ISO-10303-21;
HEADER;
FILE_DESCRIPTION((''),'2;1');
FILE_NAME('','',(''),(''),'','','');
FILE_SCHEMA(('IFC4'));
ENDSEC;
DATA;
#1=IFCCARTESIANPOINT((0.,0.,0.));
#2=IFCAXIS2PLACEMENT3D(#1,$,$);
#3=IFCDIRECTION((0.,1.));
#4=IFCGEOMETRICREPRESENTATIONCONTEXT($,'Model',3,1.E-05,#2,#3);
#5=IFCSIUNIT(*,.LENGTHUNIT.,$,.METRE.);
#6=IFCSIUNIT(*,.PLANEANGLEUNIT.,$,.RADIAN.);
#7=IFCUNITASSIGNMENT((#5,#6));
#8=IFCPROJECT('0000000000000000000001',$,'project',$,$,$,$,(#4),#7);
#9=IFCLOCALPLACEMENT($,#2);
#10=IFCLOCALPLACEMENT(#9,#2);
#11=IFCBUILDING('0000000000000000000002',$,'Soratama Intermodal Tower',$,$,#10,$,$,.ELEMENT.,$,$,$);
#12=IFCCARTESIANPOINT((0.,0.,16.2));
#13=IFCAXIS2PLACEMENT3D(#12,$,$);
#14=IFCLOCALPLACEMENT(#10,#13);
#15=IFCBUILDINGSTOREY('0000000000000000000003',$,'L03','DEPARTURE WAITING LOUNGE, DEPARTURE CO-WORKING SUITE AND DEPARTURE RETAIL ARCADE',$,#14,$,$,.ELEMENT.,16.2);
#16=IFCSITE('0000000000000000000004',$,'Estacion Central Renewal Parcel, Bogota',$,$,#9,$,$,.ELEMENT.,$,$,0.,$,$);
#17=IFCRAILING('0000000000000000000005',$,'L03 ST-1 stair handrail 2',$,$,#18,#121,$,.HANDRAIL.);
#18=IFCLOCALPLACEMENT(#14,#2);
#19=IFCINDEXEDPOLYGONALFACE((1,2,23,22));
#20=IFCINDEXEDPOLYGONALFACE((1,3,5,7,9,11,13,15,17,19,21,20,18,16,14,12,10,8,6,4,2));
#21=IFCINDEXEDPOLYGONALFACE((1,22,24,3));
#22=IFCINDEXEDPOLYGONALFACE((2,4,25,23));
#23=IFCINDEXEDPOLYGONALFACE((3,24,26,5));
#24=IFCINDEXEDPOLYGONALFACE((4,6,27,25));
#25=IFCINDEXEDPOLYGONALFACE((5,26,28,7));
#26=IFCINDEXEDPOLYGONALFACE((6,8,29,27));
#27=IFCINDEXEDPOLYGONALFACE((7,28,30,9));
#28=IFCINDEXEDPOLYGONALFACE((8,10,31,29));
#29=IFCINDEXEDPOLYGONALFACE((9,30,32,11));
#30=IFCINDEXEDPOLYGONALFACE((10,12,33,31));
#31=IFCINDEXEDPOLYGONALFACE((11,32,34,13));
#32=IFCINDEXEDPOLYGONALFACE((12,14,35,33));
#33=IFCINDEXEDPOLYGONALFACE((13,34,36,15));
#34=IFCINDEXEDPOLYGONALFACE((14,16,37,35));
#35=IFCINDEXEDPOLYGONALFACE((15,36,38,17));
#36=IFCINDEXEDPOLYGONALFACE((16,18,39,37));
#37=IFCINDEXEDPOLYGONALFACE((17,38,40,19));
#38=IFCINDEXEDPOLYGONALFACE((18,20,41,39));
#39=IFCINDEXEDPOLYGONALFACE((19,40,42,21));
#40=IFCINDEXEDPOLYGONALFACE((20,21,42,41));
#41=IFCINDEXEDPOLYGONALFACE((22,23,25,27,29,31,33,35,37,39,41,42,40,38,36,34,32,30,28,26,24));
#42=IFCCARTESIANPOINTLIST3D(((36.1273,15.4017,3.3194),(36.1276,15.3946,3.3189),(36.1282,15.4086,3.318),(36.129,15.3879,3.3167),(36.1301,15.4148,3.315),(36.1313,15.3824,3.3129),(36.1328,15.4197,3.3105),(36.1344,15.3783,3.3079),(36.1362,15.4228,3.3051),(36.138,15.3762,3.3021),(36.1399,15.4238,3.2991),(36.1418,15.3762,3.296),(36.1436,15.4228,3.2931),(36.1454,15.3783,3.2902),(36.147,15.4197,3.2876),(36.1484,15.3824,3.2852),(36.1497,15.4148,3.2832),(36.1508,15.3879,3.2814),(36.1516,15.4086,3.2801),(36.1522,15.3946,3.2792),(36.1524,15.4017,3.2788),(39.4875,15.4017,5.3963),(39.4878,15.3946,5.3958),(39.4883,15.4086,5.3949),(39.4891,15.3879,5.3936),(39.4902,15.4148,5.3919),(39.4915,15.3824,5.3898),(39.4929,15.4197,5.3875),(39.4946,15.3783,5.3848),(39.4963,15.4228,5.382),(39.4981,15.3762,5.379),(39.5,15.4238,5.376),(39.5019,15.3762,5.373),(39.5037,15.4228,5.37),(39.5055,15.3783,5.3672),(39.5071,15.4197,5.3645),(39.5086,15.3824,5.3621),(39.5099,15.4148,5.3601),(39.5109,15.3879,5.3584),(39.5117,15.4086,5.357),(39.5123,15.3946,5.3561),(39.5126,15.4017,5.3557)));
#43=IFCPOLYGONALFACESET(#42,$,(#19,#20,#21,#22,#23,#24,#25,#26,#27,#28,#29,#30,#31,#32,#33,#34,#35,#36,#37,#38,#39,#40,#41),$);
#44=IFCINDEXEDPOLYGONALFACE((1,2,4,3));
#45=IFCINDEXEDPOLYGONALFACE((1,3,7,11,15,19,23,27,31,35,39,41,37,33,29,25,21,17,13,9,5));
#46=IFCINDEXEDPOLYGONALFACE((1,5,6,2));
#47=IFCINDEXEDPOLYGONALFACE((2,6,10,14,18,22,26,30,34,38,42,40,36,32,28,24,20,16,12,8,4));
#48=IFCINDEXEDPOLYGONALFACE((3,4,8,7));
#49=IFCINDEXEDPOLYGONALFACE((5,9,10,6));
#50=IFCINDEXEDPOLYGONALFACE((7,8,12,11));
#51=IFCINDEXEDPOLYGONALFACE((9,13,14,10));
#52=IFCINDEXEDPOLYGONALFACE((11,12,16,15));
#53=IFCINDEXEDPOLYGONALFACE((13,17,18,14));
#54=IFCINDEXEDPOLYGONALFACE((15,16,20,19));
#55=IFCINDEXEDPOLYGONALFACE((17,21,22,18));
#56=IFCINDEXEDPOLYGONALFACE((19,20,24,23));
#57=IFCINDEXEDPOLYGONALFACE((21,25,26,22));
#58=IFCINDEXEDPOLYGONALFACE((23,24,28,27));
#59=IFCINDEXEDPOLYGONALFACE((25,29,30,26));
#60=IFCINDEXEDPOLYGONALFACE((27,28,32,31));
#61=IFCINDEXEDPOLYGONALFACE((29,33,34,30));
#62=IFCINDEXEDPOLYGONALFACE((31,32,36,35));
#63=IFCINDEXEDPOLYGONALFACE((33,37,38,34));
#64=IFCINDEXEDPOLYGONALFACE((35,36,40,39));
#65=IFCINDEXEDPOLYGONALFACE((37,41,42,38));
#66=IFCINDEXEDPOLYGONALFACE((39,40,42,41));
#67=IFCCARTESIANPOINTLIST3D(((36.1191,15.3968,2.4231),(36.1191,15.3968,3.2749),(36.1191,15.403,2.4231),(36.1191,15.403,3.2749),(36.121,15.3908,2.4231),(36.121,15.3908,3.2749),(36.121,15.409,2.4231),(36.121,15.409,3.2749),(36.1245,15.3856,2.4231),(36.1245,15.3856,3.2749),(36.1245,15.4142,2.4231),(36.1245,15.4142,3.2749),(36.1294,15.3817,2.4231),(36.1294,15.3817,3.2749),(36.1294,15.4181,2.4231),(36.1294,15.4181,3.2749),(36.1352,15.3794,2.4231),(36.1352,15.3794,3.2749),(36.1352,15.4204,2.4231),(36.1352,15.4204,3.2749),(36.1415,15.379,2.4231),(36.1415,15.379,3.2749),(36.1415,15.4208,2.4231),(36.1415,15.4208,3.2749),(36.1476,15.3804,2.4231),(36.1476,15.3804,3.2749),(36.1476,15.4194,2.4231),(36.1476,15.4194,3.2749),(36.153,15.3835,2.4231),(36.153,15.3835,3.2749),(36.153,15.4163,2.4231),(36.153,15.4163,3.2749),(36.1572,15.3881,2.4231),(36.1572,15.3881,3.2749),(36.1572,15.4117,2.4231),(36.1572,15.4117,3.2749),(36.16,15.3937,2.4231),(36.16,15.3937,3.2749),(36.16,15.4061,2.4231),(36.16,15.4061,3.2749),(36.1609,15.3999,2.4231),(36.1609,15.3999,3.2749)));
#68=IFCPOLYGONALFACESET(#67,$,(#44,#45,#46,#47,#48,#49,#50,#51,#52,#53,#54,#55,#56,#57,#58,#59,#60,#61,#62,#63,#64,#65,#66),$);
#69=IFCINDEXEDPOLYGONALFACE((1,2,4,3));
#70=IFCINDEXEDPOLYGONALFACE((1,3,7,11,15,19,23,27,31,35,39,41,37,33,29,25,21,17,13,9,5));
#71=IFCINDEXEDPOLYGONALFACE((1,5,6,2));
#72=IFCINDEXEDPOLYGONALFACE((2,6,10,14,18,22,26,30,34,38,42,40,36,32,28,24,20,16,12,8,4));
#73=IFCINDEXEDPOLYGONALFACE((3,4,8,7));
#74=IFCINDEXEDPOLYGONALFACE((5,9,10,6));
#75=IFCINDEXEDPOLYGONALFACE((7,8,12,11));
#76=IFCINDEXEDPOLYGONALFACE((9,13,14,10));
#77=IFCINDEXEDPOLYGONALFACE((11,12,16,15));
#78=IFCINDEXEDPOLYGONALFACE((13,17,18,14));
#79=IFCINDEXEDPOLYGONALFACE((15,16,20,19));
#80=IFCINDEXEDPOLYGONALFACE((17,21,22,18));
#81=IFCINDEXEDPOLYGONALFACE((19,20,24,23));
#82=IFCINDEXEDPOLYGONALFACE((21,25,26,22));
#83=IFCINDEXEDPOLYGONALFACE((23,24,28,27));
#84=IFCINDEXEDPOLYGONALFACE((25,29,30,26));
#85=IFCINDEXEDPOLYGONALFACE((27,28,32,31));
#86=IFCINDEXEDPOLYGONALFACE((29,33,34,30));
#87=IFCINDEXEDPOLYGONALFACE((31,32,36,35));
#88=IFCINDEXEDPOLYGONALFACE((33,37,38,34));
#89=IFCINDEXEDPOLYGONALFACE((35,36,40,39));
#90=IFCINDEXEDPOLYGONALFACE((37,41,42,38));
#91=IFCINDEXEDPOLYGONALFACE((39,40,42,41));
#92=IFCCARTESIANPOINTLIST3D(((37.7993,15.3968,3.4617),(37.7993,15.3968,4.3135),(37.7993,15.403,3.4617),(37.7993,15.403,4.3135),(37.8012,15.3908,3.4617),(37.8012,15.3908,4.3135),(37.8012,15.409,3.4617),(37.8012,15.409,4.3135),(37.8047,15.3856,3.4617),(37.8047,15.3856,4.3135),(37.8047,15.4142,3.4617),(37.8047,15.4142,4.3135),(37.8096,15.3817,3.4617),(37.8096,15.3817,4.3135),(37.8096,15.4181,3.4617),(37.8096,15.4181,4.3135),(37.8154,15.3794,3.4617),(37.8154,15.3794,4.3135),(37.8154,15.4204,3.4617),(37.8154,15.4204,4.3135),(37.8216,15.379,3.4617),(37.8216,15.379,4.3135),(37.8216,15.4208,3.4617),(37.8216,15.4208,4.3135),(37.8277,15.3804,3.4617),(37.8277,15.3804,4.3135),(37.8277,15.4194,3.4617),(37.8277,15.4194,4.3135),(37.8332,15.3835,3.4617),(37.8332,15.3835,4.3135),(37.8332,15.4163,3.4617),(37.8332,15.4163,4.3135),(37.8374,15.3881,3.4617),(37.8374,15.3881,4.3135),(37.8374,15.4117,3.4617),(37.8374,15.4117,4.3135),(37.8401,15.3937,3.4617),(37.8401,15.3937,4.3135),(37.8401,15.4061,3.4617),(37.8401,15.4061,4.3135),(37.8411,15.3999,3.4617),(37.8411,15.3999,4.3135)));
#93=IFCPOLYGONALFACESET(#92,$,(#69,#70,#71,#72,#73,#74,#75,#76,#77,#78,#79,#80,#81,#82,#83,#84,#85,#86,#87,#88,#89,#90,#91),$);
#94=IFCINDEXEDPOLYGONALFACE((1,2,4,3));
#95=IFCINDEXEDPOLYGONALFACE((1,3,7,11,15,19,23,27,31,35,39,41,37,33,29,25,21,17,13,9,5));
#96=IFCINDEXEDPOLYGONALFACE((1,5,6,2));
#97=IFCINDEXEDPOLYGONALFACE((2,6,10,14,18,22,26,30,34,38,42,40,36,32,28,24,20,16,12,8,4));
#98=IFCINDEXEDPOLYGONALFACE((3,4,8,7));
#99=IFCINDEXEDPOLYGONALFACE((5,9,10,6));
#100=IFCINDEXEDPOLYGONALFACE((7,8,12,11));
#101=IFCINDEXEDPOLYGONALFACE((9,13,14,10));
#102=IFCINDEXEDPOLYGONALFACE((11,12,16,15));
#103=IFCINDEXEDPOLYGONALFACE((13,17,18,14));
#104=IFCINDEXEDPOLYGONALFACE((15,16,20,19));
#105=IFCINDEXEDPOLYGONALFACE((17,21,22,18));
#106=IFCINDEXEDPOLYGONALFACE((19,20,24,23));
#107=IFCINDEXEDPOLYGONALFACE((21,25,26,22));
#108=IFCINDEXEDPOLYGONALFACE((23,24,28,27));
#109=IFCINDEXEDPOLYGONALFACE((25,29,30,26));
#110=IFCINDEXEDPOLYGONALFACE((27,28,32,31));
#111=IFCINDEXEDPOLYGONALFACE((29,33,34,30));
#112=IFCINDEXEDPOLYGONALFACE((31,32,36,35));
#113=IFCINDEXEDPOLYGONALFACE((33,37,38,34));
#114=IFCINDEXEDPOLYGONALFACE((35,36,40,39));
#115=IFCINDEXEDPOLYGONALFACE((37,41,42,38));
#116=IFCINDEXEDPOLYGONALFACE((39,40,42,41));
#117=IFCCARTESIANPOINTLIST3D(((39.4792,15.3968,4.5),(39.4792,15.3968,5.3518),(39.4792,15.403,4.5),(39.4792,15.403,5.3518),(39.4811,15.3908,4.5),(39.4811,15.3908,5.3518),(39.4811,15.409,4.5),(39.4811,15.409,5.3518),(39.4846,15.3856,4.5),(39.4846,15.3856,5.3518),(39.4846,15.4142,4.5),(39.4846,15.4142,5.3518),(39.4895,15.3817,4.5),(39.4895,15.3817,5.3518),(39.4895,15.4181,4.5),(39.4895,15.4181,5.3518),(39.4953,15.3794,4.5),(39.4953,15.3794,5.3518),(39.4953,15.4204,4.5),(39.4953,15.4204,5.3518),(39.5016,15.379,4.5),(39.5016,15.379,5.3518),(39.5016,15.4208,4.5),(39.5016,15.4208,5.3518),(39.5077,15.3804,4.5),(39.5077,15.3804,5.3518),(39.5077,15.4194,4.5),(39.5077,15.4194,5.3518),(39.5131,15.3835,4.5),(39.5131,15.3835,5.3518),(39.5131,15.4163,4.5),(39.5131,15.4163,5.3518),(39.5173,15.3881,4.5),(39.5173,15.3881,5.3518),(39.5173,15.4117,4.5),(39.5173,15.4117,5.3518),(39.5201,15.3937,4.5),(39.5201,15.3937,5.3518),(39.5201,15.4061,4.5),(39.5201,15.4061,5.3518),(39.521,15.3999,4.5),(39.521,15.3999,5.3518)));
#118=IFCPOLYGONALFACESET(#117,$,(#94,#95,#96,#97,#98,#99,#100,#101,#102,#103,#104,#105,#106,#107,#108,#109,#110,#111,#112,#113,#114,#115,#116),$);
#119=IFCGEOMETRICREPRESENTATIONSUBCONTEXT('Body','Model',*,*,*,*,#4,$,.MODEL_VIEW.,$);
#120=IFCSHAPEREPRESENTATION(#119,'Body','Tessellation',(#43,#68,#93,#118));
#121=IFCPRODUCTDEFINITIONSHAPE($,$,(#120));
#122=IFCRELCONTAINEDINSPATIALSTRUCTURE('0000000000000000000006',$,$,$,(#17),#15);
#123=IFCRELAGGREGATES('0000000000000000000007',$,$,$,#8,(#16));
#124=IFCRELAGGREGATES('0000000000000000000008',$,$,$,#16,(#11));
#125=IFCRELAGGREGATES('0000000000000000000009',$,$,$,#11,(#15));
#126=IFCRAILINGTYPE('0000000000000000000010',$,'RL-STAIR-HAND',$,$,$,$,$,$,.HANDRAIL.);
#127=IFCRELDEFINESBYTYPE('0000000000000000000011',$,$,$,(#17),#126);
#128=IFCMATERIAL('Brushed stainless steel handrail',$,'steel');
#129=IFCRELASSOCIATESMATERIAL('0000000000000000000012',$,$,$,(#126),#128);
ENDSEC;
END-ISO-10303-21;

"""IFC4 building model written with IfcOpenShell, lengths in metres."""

from ifc_helpers import new_model, si_unit, direction, frame, origin, origin_2d, place, context, subcontext, project, spatial, circle, extrude, material, type_object, element, save


model = new_model("IFC4")

# Units and contexts
model_context = context("Model", 3, precision=1e-05, world=origin(), true_north=direction((0.0, 1.0)))
body_context = subcontext(model_context, "Body", "Model", "MODEL_VIEW")
ifc_project = project(units=[si_unit("LENGTHUNIT", "METRE"), si_unit("PLANEANGLEUNIT", "RADIAN")], contexts=[model_context])

# Site, building, storey
site_placement = place(None, origin())
site = spatial("IfcSite", under=ifc_project, at=site_placement, Name="Estacion Central Renewal Parcel, Bogota", CompositionType="ELEMENT", RefElevation=0.0)
building_placement = place(site_placement, origin())
building = spatial("IfcBuilding", under=site, at=building_placement, Name="Soratama Intermodal Tower", CompositionType="ELEMENT")
storey_placement = place(building_placement, frame((0.0, 0.0, 16.2)))
storey = spatial("IfcBuildingStorey", under=building, at=storey_placement, Name="L03", Description="DEPARTURE WAITING LOUNGE, DEPARTURE CO-WORKING SUITE AND DEPARTURE RETAIL ARCADE", CompositionType="ELEMENT", Elevation=16.2)

# Railing
ifc_material_1 = material(Name="Brushed stainless steel handrail", Category="steel")
railing_type_1 = type_object("IfcRailingType", Name="RL-STAIR-HAND", PredefinedType="HANDRAIL", material=ifc_material_1)
railing_1_placement = place(storey_placement, frame((36.1399, 15.3999, 2.4231)))
element("IfcRailing", 1, at=railing_1_placement, inside=storey, type_object=railing_type_1, Name="L03 ST-1 stair handrail 2", PredefinedType="HANDRAIL", context=body_context, shape_type="SweptSolid", body=[
    extrude(circle(Radius=0.0239, at=origin_2d()), frame((0.0, 0.0, 0.876), z_axis=(0.850623, 0.0, 0.525776), x_axis=(0.0, 1.0, 0.0)), (0.0, 0.0, 1.0), 3.9502),
    extrude(circle(Radius=0.021, at=origin_2d()), origin(), (0.0, 0.0, 1.0), 0.8518),
    extrude(circle(Radius=0.021, at=origin_2d()), frame((1.6802, 0.0, 1.0386)), (0.0, 0.0, 1.0), 0.8518),
    extrude(circle(Radius=0.021, at=origin_2d()), frame((3.3601, 0.0, 2.0769)), (0.0, 0.0, 1.0), 0.8518),
])

save(model, "model.ifc")
